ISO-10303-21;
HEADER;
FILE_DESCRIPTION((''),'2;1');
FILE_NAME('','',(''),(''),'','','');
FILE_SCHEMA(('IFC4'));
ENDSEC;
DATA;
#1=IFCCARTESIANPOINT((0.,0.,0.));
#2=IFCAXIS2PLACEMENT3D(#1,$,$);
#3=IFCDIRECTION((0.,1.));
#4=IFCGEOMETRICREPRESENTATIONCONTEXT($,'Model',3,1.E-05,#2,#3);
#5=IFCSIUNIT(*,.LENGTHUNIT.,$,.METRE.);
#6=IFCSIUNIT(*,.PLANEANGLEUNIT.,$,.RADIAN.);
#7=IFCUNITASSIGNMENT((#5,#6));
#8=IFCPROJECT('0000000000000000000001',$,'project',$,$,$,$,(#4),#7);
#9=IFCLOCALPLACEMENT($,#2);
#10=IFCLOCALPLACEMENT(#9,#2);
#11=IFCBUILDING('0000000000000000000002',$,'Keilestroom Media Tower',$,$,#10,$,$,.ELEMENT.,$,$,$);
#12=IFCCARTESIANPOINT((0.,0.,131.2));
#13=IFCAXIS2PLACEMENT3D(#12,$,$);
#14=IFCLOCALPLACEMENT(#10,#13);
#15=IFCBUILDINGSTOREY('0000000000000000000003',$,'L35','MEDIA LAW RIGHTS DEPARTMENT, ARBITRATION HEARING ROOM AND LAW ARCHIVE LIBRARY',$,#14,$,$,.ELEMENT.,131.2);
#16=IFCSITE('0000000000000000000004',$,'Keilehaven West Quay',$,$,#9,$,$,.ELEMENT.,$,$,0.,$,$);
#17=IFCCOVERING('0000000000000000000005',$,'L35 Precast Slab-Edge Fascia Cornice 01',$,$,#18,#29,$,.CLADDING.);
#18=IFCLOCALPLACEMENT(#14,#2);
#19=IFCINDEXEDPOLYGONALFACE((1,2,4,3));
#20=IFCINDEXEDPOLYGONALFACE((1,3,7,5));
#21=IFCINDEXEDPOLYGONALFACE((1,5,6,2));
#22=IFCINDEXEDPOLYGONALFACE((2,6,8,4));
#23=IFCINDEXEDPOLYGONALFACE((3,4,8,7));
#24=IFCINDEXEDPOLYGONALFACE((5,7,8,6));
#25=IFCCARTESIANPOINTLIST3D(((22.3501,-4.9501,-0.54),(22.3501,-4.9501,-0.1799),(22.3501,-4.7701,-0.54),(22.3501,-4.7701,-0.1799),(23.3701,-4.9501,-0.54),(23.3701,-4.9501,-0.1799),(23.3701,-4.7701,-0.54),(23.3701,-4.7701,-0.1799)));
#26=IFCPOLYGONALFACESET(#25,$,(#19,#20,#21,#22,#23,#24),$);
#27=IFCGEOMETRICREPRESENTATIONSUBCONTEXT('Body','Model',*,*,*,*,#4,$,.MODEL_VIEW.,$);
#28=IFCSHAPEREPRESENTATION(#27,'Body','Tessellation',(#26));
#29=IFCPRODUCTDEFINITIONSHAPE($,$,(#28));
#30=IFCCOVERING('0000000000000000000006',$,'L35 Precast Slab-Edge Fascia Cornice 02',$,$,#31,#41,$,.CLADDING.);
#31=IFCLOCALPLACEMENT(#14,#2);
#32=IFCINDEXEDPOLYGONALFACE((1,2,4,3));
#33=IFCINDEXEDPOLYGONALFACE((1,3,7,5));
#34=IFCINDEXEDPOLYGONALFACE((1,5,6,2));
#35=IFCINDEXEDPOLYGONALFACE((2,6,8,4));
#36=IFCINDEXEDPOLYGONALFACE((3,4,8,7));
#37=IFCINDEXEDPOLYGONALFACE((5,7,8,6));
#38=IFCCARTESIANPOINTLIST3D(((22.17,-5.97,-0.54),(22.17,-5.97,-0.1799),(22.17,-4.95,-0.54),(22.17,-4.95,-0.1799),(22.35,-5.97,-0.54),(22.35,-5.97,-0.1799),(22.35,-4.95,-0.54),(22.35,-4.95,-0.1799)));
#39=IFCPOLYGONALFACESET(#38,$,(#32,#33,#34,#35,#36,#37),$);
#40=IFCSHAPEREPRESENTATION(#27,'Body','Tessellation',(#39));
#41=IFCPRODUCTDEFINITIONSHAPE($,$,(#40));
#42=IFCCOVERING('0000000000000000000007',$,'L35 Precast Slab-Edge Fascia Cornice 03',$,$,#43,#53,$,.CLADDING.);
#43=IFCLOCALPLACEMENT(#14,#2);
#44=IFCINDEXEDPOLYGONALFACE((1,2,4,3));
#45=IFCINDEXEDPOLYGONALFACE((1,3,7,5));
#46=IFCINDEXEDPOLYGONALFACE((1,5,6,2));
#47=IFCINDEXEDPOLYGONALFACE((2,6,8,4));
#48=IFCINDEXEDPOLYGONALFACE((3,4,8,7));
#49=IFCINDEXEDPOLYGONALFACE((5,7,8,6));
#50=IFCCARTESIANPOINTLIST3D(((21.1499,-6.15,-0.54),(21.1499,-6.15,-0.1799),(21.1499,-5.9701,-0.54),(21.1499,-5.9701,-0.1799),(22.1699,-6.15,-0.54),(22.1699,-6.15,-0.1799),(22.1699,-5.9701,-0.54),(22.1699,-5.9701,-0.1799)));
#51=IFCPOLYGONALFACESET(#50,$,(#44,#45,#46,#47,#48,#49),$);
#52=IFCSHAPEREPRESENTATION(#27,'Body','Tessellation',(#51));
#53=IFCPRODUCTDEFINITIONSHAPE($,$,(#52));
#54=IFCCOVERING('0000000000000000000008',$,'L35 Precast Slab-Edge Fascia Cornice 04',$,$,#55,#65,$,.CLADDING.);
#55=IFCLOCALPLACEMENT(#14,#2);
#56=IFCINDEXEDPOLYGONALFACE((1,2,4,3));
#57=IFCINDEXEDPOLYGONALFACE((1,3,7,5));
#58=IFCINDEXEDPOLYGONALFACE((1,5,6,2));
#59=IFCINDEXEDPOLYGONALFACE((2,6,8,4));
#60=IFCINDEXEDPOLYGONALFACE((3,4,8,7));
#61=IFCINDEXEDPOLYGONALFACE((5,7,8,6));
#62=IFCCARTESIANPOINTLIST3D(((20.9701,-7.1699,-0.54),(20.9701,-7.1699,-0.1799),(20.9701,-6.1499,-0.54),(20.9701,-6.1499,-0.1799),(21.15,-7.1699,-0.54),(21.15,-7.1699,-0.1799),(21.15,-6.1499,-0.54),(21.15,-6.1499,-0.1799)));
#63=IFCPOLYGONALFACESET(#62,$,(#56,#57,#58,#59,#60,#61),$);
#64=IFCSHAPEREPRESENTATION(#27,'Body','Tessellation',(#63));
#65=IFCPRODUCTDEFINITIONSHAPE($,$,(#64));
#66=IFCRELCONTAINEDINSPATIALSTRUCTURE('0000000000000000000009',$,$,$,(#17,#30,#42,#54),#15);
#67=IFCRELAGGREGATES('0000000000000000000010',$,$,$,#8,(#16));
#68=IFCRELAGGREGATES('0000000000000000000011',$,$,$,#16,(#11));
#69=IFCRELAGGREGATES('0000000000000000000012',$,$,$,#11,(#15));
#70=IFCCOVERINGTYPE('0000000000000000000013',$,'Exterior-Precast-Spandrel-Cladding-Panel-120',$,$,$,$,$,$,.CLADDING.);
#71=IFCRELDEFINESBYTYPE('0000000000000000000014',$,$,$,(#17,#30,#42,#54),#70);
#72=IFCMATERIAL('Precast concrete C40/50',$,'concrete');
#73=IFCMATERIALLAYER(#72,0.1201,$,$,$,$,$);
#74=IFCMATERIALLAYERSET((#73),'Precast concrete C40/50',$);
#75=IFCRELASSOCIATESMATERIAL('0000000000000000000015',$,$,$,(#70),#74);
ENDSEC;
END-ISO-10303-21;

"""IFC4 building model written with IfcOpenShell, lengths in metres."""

from ifc_helpers import new_model, si_unit, direction, frame, origin, origin_2d, place, context, subcontext, project, spatial, rectangle, extrude, source, transform, mapped, material, layer, layer_set, type_object, element, save


model = new_model("IFC4")

# Units and contexts
model_context = context("Model", 3, precision=1e-05, world=origin(), true_north=direction((0.0, 1.0)))
body_context = subcontext(model_context, "Body", "Model", "MODEL_VIEW")
ifc_project = project(units=[si_unit("LENGTHUNIT", "METRE"), si_unit("PLANEANGLEUNIT", "RADIAN")], contexts=[model_context])

# Site, building, storey
site_placement = place(None, origin())
site = spatial("IfcSite", under=ifc_project, at=site_placement, Name="Keilehaven West Quay", CompositionType="ELEMENT", RefElevation=0.0)
building_placement = place(site_placement, origin())
building = spatial("IfcBuilding", under=site, at=building_placement, Name="Keilestroom Media Tower", CompositionType="ELEMENT")
storey_placement = place(building_placement, frame((0.0, 0.0, 131.2)))
storey = spatial("IfcBuildingStorey", under=building, at=storey_placement, Name="L35", Description="MEDIA LAW RIGHTS DEPARTMENT, ARBITRATION HEARING ROOM AND LAW ARCHIVE LIBRARY", CompositionType="ELEMENT", Elevation=131.2)

# Shared definitions
ifc_material_1 = material(Name="Precast concrete C40/50", Category="concrete")

# Coverings
ifc_layer_1 = layer(ifc_material_1, 0.1201)
ifc_layer_set_1 = layer_set([ifc_layer_1], Name="Precast concrete C40/50")
covering_type = type_object("IfcCoveringType", Name="Exterior-Precast-Spandrel-Cladding-Panel-120", PredefinedType="CLADDING", material=ifc_layer_set_1)
shared_shape_1 = source(origin(), body_context, "Body", "SweptSolid", [
    extrude(rectangle(XDim=1.02, YDim=0.1799, at=origin_2d()), origin(), (0.0, 0.0, 1.0), 0.3601),
])
for number, where, z_axis, x_axis, name in (
    (1, (22.8601, -4.8601, -0.54), (0.0, 0.0, 1.0), (-1.0, 0.0, 0.0), "L35 Precast Slab-Edge Fascia Cornice 01"),
    (2, (22.26, -5.46, -0.54), (0.0, 0.0, 1.0), (0.0, -1.0, 0.0), "L35 Precast Slab-Edge Fascia Cornice 02"),
    (3, (21.6599, -6.0601, -0.54), (0.0, 0.0, 1.0), (-1.0, 0.0, 0.0), "L35 Precast Slab-Edge Fascia Cornice 03"),
    (4, (21.0601, -6.6599, -0.54), (0.0, 0.0, 1.0), (0.0, -1.0, 0.0), "L35 Precast Slab-Edge Fascia Cornice 04"),
):
    element("IfcCovering", number, at=place(storey_placement, frame(where, z_axis=z_axis, x_axis=x_axis)), inside=storey, type_object=covering_type, Name=name, PredefinedType="CLADDING", context=body_context, shape_type="MappedRepresentation", body=[
        mapped(shared_shape_1, transform((0.0, 0.0, 0.0), x_axis=(1.0, 0.0, 0.0), y_axis=(0.0, 1.0, 0.0), z_axis=(0.0, 0.0, 1.0), scale=1.0)),
    ])

save(model, "model.ifc")
